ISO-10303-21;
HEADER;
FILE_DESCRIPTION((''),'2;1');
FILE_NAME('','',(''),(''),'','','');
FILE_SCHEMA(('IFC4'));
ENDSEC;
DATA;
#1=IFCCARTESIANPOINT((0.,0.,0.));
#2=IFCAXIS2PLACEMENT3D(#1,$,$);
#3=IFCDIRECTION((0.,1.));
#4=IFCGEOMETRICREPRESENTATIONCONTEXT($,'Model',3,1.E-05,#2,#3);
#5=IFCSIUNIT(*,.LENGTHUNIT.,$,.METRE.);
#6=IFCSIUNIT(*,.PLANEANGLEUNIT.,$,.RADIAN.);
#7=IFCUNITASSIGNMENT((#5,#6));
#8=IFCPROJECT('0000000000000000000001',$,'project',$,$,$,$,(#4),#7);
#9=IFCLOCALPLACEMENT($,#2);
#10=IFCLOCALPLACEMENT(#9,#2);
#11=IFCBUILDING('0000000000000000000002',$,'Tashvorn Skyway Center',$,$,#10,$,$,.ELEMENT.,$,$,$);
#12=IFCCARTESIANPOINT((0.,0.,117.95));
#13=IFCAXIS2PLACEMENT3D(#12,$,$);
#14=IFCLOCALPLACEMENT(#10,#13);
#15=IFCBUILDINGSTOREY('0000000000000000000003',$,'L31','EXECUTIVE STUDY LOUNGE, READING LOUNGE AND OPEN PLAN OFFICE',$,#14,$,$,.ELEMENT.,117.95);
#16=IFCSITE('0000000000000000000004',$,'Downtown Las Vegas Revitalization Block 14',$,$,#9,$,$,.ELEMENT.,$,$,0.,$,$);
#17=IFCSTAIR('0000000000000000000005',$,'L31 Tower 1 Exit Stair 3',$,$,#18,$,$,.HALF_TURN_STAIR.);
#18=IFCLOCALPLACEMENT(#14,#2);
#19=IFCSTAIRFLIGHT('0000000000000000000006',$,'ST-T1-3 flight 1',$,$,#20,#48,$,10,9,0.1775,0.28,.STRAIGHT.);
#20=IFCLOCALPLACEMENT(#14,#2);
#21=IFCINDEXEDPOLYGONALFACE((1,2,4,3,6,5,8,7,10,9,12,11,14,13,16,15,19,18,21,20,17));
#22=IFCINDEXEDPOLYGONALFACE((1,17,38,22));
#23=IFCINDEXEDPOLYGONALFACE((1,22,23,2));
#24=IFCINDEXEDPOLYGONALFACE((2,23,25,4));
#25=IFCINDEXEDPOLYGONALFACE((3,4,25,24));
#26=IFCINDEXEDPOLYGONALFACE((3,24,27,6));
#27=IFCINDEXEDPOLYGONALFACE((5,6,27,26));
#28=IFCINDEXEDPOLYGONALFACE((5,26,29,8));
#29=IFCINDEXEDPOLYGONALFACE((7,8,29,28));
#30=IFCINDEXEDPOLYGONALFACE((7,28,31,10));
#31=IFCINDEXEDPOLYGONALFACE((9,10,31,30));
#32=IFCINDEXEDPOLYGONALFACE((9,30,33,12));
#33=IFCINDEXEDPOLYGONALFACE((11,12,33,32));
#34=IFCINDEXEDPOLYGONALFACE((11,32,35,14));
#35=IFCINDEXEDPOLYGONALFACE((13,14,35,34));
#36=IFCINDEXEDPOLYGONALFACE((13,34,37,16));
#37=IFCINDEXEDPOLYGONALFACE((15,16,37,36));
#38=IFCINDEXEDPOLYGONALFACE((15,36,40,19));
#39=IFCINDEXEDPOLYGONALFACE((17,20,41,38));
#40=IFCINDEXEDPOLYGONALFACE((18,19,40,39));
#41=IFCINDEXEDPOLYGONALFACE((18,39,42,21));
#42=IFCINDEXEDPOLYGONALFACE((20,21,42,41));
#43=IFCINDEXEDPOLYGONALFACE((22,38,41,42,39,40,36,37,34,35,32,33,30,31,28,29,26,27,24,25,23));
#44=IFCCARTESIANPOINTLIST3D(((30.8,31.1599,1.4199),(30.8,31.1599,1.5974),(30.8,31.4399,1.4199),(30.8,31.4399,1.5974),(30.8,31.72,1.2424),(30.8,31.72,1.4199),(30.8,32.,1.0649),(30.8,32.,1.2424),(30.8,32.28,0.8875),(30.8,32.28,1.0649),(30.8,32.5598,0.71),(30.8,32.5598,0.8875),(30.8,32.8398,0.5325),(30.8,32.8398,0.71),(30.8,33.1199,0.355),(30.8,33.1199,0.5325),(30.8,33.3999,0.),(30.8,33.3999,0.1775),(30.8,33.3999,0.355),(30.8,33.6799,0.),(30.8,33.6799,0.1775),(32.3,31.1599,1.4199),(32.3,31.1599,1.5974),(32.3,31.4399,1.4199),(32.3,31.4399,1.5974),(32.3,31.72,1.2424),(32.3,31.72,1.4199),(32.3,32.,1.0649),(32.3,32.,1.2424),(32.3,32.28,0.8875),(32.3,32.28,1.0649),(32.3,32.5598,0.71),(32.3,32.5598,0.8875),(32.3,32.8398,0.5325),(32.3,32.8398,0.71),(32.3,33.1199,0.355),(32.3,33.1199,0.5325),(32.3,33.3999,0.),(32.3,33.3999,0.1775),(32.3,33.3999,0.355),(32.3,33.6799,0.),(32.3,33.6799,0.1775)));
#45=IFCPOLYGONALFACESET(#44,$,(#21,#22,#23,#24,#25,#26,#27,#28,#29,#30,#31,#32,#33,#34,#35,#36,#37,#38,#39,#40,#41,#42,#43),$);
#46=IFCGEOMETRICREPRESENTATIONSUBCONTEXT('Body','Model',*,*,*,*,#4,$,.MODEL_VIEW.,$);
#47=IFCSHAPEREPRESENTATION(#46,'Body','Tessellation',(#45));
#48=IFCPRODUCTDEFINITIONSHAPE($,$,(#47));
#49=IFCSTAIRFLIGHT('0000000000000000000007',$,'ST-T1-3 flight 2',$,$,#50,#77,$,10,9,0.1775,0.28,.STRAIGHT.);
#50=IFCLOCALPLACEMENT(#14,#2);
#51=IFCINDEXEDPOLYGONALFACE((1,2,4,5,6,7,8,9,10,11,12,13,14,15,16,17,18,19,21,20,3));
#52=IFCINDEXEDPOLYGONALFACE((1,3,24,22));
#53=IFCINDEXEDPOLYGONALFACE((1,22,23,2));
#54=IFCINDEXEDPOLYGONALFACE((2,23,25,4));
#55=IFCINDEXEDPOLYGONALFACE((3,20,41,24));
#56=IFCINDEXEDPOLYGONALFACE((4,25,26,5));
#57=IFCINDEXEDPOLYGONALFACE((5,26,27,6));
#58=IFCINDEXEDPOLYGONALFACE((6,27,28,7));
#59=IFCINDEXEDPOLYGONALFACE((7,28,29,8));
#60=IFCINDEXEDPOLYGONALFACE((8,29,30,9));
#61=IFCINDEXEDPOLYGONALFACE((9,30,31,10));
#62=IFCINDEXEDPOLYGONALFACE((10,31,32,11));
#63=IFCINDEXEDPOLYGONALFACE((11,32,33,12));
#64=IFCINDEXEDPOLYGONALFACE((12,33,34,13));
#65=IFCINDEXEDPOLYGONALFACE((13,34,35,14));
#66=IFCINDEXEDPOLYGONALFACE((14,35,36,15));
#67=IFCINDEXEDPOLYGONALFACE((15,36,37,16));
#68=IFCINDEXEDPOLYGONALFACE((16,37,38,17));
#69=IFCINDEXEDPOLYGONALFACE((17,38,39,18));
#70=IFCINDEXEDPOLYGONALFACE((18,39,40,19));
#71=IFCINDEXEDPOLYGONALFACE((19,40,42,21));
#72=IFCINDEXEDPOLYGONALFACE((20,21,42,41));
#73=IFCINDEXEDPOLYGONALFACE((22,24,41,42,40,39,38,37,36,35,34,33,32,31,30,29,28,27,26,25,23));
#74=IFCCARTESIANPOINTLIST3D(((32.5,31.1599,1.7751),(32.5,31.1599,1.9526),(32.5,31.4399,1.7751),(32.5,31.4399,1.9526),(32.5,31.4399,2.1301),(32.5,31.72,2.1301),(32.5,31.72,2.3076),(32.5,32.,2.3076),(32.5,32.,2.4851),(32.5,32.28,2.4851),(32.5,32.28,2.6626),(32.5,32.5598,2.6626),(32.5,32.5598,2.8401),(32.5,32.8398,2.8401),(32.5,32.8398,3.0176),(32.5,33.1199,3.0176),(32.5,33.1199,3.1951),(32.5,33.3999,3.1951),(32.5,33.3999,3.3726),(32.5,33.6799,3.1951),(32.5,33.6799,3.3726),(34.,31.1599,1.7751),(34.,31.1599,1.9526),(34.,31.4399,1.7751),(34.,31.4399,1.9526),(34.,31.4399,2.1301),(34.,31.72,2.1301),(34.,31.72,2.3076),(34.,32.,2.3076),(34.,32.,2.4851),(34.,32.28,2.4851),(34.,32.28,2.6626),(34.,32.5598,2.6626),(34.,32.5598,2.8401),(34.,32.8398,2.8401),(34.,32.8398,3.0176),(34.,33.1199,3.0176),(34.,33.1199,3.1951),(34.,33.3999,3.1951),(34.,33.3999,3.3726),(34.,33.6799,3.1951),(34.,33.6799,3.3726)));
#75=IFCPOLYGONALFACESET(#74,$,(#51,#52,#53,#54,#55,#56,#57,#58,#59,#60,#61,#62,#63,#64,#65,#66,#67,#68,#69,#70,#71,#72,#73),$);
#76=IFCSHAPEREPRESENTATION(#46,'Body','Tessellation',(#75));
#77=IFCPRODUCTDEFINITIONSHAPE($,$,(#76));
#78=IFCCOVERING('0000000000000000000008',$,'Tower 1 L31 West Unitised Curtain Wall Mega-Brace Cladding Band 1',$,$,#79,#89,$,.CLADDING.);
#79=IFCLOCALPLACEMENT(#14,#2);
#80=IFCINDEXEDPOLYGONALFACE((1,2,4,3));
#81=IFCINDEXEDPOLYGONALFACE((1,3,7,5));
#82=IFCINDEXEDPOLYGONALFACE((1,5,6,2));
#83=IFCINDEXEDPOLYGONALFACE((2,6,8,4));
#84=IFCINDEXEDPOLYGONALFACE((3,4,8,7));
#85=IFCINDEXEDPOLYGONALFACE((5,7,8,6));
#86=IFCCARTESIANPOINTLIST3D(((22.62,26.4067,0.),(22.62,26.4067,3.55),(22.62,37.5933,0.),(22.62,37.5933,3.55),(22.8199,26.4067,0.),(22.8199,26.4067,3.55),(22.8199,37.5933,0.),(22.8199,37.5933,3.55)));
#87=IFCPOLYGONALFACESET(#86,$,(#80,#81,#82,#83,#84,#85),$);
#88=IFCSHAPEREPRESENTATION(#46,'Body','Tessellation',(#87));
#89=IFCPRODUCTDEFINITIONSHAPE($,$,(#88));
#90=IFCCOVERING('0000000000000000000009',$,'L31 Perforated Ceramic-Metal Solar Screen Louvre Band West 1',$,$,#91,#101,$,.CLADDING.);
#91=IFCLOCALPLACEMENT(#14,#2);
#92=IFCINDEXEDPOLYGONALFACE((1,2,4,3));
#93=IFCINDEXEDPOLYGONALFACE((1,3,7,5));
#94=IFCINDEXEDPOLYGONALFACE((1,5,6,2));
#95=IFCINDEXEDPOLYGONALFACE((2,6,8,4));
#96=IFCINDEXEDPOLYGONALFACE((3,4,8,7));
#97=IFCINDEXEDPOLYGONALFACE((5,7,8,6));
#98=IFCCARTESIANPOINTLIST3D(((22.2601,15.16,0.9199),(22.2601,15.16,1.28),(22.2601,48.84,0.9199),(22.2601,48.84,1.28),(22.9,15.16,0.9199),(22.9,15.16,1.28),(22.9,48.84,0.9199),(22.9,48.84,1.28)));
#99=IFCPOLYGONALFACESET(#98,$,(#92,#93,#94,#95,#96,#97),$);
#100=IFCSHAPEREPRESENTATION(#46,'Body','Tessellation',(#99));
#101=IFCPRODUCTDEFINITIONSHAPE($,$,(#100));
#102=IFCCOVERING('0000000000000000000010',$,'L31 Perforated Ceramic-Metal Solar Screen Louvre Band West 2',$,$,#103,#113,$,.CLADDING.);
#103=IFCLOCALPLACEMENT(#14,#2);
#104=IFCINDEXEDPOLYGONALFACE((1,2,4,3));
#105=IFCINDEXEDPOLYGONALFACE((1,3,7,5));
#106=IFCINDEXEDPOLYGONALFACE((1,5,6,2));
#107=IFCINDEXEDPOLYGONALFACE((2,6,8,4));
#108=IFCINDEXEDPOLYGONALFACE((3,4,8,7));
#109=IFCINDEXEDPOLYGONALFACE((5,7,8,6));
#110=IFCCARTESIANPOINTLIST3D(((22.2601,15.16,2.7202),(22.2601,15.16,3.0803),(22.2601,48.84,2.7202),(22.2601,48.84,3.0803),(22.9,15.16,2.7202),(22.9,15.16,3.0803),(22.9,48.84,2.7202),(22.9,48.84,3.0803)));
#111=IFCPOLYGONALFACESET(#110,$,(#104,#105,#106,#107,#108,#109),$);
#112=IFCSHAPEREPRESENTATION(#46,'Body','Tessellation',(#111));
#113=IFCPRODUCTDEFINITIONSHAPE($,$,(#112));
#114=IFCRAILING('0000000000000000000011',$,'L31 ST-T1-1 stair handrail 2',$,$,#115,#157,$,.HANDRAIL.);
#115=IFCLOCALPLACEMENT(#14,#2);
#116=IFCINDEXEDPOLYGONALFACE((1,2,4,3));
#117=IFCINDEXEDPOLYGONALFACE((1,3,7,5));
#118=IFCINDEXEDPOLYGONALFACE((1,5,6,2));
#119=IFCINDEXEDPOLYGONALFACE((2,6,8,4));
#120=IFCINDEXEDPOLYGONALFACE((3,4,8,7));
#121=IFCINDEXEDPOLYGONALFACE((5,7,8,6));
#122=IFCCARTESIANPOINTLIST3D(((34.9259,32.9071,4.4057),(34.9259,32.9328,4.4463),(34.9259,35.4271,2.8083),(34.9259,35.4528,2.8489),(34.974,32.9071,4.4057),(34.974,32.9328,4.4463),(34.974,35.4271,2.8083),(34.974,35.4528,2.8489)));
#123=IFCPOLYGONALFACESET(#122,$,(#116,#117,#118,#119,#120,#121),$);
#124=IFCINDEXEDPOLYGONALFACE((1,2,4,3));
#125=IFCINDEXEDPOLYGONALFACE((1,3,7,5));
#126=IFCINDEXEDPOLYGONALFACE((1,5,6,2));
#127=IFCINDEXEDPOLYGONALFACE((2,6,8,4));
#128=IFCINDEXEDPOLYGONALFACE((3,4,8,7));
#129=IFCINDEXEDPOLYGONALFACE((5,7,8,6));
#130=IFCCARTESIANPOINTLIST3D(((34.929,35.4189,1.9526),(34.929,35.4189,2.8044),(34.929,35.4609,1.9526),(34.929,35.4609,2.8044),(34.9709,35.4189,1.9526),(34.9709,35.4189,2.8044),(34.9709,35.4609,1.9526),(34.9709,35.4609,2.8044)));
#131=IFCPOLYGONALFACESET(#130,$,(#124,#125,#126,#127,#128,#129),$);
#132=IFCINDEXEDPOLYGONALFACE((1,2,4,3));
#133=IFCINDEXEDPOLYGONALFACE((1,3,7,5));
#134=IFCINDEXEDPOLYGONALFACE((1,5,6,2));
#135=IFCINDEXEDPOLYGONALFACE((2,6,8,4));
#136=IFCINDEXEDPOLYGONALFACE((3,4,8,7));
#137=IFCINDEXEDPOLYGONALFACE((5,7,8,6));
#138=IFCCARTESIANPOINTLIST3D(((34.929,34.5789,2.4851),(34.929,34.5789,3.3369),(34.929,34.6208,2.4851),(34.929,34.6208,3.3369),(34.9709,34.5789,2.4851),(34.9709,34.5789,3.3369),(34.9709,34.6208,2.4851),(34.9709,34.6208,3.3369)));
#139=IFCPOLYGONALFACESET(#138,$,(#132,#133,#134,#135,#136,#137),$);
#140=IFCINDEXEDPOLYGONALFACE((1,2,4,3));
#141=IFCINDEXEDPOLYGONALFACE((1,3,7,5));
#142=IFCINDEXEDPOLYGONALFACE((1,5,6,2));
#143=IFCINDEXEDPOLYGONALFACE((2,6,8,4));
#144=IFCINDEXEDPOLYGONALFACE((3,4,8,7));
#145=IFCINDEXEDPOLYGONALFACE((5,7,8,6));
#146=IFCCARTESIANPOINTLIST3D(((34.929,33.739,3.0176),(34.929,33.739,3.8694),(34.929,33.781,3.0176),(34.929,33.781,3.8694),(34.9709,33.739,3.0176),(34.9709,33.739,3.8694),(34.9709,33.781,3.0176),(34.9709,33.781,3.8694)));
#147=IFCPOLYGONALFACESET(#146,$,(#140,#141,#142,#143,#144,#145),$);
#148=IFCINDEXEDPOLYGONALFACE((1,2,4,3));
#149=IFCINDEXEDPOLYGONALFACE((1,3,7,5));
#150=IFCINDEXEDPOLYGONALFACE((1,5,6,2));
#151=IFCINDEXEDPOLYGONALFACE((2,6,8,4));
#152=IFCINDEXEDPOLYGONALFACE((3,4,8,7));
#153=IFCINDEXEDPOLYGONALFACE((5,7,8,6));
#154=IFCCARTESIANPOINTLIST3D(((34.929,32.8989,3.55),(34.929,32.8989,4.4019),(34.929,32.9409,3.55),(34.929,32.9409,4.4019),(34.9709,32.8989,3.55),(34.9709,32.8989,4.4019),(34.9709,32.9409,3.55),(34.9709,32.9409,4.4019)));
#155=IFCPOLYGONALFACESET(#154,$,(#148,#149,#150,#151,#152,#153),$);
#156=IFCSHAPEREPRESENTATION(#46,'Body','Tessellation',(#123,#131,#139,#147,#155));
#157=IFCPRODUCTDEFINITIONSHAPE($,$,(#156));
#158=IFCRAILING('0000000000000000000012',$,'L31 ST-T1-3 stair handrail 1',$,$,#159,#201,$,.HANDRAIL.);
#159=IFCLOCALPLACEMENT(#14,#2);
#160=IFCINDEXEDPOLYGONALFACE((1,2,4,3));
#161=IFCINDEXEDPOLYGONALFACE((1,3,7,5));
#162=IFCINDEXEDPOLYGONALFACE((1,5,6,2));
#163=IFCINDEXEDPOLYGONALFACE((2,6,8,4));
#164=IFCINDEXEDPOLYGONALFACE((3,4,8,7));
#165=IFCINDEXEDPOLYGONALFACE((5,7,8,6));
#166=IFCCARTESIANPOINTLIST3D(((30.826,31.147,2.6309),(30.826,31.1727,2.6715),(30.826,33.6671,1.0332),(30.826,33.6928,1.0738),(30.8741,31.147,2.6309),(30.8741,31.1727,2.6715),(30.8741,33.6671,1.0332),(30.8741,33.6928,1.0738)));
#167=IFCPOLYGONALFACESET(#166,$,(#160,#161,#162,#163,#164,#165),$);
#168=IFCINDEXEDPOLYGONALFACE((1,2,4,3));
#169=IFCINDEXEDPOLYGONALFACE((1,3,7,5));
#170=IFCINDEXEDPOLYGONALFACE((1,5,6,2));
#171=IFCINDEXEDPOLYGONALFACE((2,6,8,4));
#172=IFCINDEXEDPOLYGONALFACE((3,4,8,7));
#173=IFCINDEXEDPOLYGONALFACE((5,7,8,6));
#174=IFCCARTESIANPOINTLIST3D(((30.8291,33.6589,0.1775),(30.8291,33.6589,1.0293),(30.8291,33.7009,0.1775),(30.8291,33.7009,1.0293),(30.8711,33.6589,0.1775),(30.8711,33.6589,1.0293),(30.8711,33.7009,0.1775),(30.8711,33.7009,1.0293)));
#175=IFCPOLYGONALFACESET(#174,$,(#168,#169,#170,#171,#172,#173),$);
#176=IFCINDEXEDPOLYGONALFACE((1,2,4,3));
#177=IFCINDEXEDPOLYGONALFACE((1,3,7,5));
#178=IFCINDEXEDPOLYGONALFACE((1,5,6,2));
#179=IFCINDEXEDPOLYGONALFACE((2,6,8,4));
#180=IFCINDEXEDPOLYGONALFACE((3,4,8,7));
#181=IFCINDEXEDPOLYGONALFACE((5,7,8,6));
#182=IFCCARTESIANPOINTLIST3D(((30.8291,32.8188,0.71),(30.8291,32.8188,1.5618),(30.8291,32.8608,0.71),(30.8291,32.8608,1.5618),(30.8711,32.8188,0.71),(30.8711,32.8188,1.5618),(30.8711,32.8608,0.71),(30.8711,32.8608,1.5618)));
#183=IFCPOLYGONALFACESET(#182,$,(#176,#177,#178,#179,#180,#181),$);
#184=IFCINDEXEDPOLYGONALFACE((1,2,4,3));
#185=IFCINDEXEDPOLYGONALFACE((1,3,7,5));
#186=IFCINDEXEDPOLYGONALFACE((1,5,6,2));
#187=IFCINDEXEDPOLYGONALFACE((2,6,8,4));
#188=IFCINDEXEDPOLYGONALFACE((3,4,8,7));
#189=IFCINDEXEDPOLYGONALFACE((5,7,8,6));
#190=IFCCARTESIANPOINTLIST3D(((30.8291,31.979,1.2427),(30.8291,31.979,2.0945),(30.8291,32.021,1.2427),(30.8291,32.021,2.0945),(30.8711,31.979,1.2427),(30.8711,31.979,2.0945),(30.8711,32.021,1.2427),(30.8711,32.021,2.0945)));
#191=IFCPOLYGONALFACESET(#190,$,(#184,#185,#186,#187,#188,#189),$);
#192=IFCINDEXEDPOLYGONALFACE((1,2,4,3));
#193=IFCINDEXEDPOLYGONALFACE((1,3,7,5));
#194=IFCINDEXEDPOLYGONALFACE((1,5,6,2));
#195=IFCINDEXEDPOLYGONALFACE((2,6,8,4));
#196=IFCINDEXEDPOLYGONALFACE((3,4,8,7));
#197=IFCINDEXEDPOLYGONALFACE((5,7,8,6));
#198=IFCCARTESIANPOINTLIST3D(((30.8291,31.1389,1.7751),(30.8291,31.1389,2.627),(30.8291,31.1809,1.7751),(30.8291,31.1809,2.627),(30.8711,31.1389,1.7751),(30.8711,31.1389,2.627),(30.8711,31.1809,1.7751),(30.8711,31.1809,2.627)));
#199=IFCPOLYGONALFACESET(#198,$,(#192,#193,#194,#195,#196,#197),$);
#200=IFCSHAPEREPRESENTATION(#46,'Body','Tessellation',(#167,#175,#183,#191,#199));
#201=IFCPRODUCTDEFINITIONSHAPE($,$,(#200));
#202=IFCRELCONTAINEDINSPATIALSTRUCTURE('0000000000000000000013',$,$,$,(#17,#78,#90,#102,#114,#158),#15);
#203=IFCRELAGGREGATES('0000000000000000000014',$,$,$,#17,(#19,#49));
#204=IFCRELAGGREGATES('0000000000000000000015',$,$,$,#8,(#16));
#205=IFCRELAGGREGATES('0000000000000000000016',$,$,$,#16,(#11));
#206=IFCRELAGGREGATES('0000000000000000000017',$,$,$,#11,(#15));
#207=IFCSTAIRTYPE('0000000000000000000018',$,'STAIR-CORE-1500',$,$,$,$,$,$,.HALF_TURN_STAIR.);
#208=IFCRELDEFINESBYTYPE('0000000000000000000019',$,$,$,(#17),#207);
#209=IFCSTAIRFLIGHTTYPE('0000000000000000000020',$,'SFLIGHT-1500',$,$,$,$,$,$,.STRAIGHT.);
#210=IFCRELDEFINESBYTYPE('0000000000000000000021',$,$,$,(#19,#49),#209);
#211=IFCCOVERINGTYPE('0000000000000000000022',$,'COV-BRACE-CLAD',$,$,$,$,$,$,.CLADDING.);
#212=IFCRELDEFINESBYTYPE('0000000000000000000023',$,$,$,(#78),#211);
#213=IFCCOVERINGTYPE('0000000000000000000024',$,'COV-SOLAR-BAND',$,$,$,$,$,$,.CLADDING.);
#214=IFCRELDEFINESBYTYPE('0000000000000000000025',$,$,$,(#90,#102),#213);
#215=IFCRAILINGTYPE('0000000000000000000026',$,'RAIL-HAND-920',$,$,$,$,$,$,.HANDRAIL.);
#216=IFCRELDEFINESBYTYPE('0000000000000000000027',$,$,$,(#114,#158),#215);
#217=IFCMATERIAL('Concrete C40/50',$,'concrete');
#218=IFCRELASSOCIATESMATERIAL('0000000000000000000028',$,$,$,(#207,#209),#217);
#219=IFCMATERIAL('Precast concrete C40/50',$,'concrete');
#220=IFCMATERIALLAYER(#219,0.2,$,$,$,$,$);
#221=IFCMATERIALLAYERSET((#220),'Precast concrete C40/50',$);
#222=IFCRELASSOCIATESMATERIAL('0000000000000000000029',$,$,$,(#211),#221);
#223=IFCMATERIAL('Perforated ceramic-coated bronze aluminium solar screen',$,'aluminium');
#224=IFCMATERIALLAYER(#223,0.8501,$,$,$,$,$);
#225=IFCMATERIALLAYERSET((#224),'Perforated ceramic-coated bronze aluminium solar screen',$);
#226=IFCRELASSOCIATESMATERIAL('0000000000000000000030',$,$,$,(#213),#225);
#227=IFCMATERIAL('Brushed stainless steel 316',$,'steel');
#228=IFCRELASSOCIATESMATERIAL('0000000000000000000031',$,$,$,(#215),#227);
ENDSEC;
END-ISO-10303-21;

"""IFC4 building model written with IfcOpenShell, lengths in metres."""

from ifc_helpers import new_model, si_unit, direction, frame, origin, origin_2d, place, context, subcontext, project, spatial, polyline, rectangle, outline, extrude, material, layer, layer_set, type_object, element, aggregate, save


model = new_model("IFC4")

# Units and contexts
model_context = context("Model", 3, precision=1e-05, world=origin(), true_north=direction((0.0, 1.0)))
body_context = subcontext(model_context, "Body", "Model", "MODEL_VIEW")
ifc_project = project(units=[si_unit("LENGTHUNIT", "METRE"), si_unit("PLANEANGLEUNIT", "RADIAN")], contexts=[model_context])

# Site, building, storey
site_placement = place(None, origin())
site = spatial("IfcSite", under=ifc_project, at=site_placement, Name="Downtown Las Vegas Revitalization Block 14", CompositionType="ELEMENT", RefElevation=0.0)
building_placement = place(site_placement, origin())
building = spatial("IfcBuilding", under=site, at=building_placement, Name="Tashvorn Skyway Center", CompositionType="ELEMENT")
storey_placement = place(building_placement, frame((0.0, 0.0, 117.95)))
storey = spatial("IfcBuildingStorey", under=building, at=storey_placement, Name="L31", Description="EXECUTIVE STUDY LOUNGE, READING LOUNGE AND OPEN PLAN OFFICE", CompositionType="ELEMENT", Elevation=117.95)

# Shared definitions
ifc_material_1 = material(Name="Concrete C40/50", Category="concrete")

# Shared definitions
stair_type = type_object("IfcStairType", Name="STAIR-CORE-1500", PredefinedType="HALF_TURN_STAIR", material=ifc_material_1)
stair_flight_type = type_object("IfcStairFlightType", Name="SFLIGHT-1500", PredefinedType="STRAIGHT", material=ifc_material_1)

# Stair, stair flights
stair_1_placement = place(storey_placement, origin())
stair_1 = element("IfcStair", 1, at=stair_1_placement, inside=storey, type_object=stair_type, Name="L31 Tower 1 Exit Stair 3", PredefinedType="HALF_TURN_STAIR")
stair_flight_1_placement = place(storey_placement, frame((31.55, 33.6799, 0.0), z_axis=(0.0, 0.0, 1.0), x_axis=(0.0, -1.0, 0.0)))
stair_flight_1 = element("IfcStairFlight", 2, at=stair_flight_1_placement, type_object=stair_flight_type, Name="ST-T1-3 flight 1", NumberOfRisers=10, NumberOfTreads=9, PredefinedType="STRAIGHT", RiserHeight=0.1775, TreadLength=0.28, context=body_context, shape_type="SweptSolid", body=[
    extrude(outline(polyline([(0.0, 0.0), (0.0, 0.1775), (0.28, 0.1775), (0.28, 0.355), (0.5601, 0.355), (0.5601, 0.5325), (0.8401, 0.5325), (0.8401, 0.71), (1.1201, 0.71), (1.1201, 0.8875), (1.3999, 0.8875), (1.3999, 1.0649), (1.6799, 1.0649), (1.6799, 1.2424), (1.96, 1.2424), (1.96, 1.4199), (2.24, 1.4199), (2.24, 1.5974), (2.52, 1.5974), (2.52, 1.7749), (2.52, 1.4199), (0.28, 0.0), (0.0, 0.0)])), frame((0.0, 0.75, 0.0), z_axis=(0.0, -1.0, 0.0), x_axis=(1.0, 0.0, 0.0)), (0.0, 0.0, 1.0), 1.5),
])
stair_flight_2_placement = place(storey_placement, frame((33.25, 31.1599, 1.7751), z_axis=(0.0, 0.0, 1.0), x_axis=(0.0, 1.0, 0.0)))
stair_flight_2 = element("IfcStairFlight", 3, at=stair_flight_2_placement, type_object=stair_flight_type, Name="ST-T1-3 flight 2", NumberOfRisers=10, NumberOfTreads=9, PredefinedType="STRAIGHT", RiserHeight=0.1775, TreadLength=0.28, context=body_context, shape_type="SweptSolid", body=[
    extrude(outline(polyline([(0.0, 0.0), (0.0, 0.1775), (0.28, 0.1775), (0.28, 0.355), (0.5601, 0.355), (0.5601, 0.5325), (0.8401, 0.5325), (0.8401, 0.71), (1.1201, 0.71), (1.1201, 0.8875), (1.3999, 0.8875), (1.3999, 1.0649), (1.6799, 1.0649), (1.6799, 1.2424), (1.96, 1.2424), (1.96, 1.4199), (2.24, 1.4199), (2.24, 1.5974), (2.52, 1.5974), (2.52, 1.7749), (2.52, 1.4199), (0.28, 0.0), (0.0, 0.0)])), frame((0.0, 0.75, 0.0), z_axis=(0.0, -1.0, 0.0), x_axis=(1.0, 0.0, 0.0)), (0.0, 0.0, 1.0), 1.5),
])
aggregate(stair_1, [stair_flight_1, stair_flight_2])

# Coverings
ifc_material_2 = material(Name="Precast concrete C40/50", Category="concrete")
ifc_layer_1 = layer(ifc_material_2, 0.2)
ifc_layer_set_1 = layer_set([ifc_layer_1], Name="Precast concrete C40/50")
covering_type_1 = type_object("IfcCoveringType", Name="COV-BRACE-CLAD", PredefinedType="CLADDING", material=ifc_layer_set_1)
covering_placement = place(storey_placement, frame((22.72, 32.0, 0.0), z_axis=(0.0, 0.0, 1.0), x_axis=(0.0, 1.0, 0.0)))
element("IfcCovering", 4, at=covering_placement, inside=storey, type_object=covering_type_1, Name="Tower 1 L31 West Unitised Curtain Wall Mega-Brace Cladding Band 1", PredefinedType="CLADDING", context=body_context, shape_type="SweptSolid", body=[
    extrude(rectangle(XDim=11.1865, YDim=0.2, at=origin_2d()), origin(), (0.0, 0.0, 1.0), 3.55),
])
ifc_material_3 = material(Name="Perforated ceramic-coated bronze aluminium solar screen", Category="aluminium")
ifc_layer_2 = layer(ifc_material_3, 0.8501)
ifc_layer_set_2 = layer_set([ifc_layer_2], Name="Perforated ceramic-coated bronze aluminium solar screen")
covering_type_2 = type_object("IfcCoveringType", Name="COV-SOLAR-BAND", PredefinedType="CLADDING", material=ifc_layer_set_2)
for number, where, z_axis, x_axis, name in (
    (5, (22.5801, 32.0, 0.9199), (0.0, 0.0, 1.0), (0.0, 1.0, 0.0), "L31 Perforated Ceramic-Metal Solar Screen Louvre Band West 1"),
    (6, (22.5801, 32.0, 2.7202), (0.0, 0.0, 1.0), (0.0, 1.0, 0.0), "L31 Perforated Ceramic-Metal Solar Screen Louvre Band West 2"),
):
    element("IfcCovering", number, at=place(storey_placement, frame(where, z_axis=z_axis, x_axis=x_axis)), inside=storey, type_object=covering_type_2, Name=name, PredefinedType="CLADDING", context=body_context, shape_type="SweptSolid", body=[
        extrude(rectangle(XDim=33.6799, YDim=0.6399, at=origin_2d()), origin(), (0.0, 0.0, 1.0), 0.3601),
    ])

# Railings
ifc_material_4 = material(Name="Brushed stainless steel 316", Category="steel")
railing_type_1 = type_object("IfcRailingType", Name="RAIL-HAND-920", PredefinedType="HANDRAIL", material=ifc_material_4)
railing_1_placement = place(storey_placement, frame((34.95, 35.4399, 1.9526)))
element("IfcRailing", 7, at=railing_1_placement, inside=storey, type_object=railing_type_1, Name="L31 ST-T1-1 stair handrail 2", PredefinedType="HANDRAIL", context=body_context, shape_type="SweptSolid", body=[
    extrude(rectangle(XDim=0.0481, YDim=0.0481, at=origin_2d()), frame((0.0, 0.0, 0.876), z_axis=(0.0, -0.844607, 0.535387), x_axis=(1.0, 0.0, 0.0)), (0.0, 0.0, 1.0), 2.9836),
    extrude(rectangle(XDim=0.042, YDim=0.042, at=origin_2d()), origin(), (0.0, 0.0, 1.0), 0.8518),
    extrude(rectangle(XDim=0.042, YDim=0.042, at=origin_2d()), frame((0.0, -0.8401, 0.5325)), (0.0, 0.0, 1.0), 0.8518),
    extrude(rectangle(XDim=0.042, YDim=0.042, at=origin_2d()), frame((0.0, -1.6799, 1.0649)), (0.0, 0.0, 1.0), 0.8518),
    extrude(rectangle(XDim=0.042, YDim=0.042, at=origin_2d()), frame((0.0, -2.52, 1.5974)), (0.0, 0.0, 1.0), 0.8518),
])
railing_2_placement = place(storey_placement, frame((30.8501, 33.6799, 0.1775)))
element("IfcRailing", 8, at=railing_2_placement, inside=storey, type_object=railing_type_1, Name="L31 ST-T1-3 stair handrail 1", PredefinedType="HANDRAIL", context=body_context, shape_type="SweptSolid", body=[
    extrude(rectangle(XDim=0.0481, YDim=0.0481, at=origin_2d()), frame((0.0, 0.0, 0.876), z_axis=(0.0, -0.84457, 0.535445), x_axis=(1.0, 0.0, 0.0)), (0.0, 0.0, 1.0), 2.9839),
    extrude(rectangle(XDim=0.042, YDim=0.042, at=origin_2d()), origin(), (0.0, 0.0, 1.0), 0.8518),
    extrude(rectangle(XDim=0.042, YDim=0.042, at=origin_2d()), frame((0.0, -0.8401, 0.5325)), (0.0, 0.0, 1.0), 0.8518),
    extrude(rectangle(XDim=0.042, YDim=0.042, at=origin_2d()), frame((0.0, -1.6799, 1.0652)), (0.0, 0.0, 1.0), 0.8518),
    extrude(rectangle(XDim=0.042, YDim=0.042, at=origin_2d()), frame((0.0, -2.52, 1.5977)), (0.0, 0.0, 1.0), 0.8518),
])

save(model, "model.ifc")
